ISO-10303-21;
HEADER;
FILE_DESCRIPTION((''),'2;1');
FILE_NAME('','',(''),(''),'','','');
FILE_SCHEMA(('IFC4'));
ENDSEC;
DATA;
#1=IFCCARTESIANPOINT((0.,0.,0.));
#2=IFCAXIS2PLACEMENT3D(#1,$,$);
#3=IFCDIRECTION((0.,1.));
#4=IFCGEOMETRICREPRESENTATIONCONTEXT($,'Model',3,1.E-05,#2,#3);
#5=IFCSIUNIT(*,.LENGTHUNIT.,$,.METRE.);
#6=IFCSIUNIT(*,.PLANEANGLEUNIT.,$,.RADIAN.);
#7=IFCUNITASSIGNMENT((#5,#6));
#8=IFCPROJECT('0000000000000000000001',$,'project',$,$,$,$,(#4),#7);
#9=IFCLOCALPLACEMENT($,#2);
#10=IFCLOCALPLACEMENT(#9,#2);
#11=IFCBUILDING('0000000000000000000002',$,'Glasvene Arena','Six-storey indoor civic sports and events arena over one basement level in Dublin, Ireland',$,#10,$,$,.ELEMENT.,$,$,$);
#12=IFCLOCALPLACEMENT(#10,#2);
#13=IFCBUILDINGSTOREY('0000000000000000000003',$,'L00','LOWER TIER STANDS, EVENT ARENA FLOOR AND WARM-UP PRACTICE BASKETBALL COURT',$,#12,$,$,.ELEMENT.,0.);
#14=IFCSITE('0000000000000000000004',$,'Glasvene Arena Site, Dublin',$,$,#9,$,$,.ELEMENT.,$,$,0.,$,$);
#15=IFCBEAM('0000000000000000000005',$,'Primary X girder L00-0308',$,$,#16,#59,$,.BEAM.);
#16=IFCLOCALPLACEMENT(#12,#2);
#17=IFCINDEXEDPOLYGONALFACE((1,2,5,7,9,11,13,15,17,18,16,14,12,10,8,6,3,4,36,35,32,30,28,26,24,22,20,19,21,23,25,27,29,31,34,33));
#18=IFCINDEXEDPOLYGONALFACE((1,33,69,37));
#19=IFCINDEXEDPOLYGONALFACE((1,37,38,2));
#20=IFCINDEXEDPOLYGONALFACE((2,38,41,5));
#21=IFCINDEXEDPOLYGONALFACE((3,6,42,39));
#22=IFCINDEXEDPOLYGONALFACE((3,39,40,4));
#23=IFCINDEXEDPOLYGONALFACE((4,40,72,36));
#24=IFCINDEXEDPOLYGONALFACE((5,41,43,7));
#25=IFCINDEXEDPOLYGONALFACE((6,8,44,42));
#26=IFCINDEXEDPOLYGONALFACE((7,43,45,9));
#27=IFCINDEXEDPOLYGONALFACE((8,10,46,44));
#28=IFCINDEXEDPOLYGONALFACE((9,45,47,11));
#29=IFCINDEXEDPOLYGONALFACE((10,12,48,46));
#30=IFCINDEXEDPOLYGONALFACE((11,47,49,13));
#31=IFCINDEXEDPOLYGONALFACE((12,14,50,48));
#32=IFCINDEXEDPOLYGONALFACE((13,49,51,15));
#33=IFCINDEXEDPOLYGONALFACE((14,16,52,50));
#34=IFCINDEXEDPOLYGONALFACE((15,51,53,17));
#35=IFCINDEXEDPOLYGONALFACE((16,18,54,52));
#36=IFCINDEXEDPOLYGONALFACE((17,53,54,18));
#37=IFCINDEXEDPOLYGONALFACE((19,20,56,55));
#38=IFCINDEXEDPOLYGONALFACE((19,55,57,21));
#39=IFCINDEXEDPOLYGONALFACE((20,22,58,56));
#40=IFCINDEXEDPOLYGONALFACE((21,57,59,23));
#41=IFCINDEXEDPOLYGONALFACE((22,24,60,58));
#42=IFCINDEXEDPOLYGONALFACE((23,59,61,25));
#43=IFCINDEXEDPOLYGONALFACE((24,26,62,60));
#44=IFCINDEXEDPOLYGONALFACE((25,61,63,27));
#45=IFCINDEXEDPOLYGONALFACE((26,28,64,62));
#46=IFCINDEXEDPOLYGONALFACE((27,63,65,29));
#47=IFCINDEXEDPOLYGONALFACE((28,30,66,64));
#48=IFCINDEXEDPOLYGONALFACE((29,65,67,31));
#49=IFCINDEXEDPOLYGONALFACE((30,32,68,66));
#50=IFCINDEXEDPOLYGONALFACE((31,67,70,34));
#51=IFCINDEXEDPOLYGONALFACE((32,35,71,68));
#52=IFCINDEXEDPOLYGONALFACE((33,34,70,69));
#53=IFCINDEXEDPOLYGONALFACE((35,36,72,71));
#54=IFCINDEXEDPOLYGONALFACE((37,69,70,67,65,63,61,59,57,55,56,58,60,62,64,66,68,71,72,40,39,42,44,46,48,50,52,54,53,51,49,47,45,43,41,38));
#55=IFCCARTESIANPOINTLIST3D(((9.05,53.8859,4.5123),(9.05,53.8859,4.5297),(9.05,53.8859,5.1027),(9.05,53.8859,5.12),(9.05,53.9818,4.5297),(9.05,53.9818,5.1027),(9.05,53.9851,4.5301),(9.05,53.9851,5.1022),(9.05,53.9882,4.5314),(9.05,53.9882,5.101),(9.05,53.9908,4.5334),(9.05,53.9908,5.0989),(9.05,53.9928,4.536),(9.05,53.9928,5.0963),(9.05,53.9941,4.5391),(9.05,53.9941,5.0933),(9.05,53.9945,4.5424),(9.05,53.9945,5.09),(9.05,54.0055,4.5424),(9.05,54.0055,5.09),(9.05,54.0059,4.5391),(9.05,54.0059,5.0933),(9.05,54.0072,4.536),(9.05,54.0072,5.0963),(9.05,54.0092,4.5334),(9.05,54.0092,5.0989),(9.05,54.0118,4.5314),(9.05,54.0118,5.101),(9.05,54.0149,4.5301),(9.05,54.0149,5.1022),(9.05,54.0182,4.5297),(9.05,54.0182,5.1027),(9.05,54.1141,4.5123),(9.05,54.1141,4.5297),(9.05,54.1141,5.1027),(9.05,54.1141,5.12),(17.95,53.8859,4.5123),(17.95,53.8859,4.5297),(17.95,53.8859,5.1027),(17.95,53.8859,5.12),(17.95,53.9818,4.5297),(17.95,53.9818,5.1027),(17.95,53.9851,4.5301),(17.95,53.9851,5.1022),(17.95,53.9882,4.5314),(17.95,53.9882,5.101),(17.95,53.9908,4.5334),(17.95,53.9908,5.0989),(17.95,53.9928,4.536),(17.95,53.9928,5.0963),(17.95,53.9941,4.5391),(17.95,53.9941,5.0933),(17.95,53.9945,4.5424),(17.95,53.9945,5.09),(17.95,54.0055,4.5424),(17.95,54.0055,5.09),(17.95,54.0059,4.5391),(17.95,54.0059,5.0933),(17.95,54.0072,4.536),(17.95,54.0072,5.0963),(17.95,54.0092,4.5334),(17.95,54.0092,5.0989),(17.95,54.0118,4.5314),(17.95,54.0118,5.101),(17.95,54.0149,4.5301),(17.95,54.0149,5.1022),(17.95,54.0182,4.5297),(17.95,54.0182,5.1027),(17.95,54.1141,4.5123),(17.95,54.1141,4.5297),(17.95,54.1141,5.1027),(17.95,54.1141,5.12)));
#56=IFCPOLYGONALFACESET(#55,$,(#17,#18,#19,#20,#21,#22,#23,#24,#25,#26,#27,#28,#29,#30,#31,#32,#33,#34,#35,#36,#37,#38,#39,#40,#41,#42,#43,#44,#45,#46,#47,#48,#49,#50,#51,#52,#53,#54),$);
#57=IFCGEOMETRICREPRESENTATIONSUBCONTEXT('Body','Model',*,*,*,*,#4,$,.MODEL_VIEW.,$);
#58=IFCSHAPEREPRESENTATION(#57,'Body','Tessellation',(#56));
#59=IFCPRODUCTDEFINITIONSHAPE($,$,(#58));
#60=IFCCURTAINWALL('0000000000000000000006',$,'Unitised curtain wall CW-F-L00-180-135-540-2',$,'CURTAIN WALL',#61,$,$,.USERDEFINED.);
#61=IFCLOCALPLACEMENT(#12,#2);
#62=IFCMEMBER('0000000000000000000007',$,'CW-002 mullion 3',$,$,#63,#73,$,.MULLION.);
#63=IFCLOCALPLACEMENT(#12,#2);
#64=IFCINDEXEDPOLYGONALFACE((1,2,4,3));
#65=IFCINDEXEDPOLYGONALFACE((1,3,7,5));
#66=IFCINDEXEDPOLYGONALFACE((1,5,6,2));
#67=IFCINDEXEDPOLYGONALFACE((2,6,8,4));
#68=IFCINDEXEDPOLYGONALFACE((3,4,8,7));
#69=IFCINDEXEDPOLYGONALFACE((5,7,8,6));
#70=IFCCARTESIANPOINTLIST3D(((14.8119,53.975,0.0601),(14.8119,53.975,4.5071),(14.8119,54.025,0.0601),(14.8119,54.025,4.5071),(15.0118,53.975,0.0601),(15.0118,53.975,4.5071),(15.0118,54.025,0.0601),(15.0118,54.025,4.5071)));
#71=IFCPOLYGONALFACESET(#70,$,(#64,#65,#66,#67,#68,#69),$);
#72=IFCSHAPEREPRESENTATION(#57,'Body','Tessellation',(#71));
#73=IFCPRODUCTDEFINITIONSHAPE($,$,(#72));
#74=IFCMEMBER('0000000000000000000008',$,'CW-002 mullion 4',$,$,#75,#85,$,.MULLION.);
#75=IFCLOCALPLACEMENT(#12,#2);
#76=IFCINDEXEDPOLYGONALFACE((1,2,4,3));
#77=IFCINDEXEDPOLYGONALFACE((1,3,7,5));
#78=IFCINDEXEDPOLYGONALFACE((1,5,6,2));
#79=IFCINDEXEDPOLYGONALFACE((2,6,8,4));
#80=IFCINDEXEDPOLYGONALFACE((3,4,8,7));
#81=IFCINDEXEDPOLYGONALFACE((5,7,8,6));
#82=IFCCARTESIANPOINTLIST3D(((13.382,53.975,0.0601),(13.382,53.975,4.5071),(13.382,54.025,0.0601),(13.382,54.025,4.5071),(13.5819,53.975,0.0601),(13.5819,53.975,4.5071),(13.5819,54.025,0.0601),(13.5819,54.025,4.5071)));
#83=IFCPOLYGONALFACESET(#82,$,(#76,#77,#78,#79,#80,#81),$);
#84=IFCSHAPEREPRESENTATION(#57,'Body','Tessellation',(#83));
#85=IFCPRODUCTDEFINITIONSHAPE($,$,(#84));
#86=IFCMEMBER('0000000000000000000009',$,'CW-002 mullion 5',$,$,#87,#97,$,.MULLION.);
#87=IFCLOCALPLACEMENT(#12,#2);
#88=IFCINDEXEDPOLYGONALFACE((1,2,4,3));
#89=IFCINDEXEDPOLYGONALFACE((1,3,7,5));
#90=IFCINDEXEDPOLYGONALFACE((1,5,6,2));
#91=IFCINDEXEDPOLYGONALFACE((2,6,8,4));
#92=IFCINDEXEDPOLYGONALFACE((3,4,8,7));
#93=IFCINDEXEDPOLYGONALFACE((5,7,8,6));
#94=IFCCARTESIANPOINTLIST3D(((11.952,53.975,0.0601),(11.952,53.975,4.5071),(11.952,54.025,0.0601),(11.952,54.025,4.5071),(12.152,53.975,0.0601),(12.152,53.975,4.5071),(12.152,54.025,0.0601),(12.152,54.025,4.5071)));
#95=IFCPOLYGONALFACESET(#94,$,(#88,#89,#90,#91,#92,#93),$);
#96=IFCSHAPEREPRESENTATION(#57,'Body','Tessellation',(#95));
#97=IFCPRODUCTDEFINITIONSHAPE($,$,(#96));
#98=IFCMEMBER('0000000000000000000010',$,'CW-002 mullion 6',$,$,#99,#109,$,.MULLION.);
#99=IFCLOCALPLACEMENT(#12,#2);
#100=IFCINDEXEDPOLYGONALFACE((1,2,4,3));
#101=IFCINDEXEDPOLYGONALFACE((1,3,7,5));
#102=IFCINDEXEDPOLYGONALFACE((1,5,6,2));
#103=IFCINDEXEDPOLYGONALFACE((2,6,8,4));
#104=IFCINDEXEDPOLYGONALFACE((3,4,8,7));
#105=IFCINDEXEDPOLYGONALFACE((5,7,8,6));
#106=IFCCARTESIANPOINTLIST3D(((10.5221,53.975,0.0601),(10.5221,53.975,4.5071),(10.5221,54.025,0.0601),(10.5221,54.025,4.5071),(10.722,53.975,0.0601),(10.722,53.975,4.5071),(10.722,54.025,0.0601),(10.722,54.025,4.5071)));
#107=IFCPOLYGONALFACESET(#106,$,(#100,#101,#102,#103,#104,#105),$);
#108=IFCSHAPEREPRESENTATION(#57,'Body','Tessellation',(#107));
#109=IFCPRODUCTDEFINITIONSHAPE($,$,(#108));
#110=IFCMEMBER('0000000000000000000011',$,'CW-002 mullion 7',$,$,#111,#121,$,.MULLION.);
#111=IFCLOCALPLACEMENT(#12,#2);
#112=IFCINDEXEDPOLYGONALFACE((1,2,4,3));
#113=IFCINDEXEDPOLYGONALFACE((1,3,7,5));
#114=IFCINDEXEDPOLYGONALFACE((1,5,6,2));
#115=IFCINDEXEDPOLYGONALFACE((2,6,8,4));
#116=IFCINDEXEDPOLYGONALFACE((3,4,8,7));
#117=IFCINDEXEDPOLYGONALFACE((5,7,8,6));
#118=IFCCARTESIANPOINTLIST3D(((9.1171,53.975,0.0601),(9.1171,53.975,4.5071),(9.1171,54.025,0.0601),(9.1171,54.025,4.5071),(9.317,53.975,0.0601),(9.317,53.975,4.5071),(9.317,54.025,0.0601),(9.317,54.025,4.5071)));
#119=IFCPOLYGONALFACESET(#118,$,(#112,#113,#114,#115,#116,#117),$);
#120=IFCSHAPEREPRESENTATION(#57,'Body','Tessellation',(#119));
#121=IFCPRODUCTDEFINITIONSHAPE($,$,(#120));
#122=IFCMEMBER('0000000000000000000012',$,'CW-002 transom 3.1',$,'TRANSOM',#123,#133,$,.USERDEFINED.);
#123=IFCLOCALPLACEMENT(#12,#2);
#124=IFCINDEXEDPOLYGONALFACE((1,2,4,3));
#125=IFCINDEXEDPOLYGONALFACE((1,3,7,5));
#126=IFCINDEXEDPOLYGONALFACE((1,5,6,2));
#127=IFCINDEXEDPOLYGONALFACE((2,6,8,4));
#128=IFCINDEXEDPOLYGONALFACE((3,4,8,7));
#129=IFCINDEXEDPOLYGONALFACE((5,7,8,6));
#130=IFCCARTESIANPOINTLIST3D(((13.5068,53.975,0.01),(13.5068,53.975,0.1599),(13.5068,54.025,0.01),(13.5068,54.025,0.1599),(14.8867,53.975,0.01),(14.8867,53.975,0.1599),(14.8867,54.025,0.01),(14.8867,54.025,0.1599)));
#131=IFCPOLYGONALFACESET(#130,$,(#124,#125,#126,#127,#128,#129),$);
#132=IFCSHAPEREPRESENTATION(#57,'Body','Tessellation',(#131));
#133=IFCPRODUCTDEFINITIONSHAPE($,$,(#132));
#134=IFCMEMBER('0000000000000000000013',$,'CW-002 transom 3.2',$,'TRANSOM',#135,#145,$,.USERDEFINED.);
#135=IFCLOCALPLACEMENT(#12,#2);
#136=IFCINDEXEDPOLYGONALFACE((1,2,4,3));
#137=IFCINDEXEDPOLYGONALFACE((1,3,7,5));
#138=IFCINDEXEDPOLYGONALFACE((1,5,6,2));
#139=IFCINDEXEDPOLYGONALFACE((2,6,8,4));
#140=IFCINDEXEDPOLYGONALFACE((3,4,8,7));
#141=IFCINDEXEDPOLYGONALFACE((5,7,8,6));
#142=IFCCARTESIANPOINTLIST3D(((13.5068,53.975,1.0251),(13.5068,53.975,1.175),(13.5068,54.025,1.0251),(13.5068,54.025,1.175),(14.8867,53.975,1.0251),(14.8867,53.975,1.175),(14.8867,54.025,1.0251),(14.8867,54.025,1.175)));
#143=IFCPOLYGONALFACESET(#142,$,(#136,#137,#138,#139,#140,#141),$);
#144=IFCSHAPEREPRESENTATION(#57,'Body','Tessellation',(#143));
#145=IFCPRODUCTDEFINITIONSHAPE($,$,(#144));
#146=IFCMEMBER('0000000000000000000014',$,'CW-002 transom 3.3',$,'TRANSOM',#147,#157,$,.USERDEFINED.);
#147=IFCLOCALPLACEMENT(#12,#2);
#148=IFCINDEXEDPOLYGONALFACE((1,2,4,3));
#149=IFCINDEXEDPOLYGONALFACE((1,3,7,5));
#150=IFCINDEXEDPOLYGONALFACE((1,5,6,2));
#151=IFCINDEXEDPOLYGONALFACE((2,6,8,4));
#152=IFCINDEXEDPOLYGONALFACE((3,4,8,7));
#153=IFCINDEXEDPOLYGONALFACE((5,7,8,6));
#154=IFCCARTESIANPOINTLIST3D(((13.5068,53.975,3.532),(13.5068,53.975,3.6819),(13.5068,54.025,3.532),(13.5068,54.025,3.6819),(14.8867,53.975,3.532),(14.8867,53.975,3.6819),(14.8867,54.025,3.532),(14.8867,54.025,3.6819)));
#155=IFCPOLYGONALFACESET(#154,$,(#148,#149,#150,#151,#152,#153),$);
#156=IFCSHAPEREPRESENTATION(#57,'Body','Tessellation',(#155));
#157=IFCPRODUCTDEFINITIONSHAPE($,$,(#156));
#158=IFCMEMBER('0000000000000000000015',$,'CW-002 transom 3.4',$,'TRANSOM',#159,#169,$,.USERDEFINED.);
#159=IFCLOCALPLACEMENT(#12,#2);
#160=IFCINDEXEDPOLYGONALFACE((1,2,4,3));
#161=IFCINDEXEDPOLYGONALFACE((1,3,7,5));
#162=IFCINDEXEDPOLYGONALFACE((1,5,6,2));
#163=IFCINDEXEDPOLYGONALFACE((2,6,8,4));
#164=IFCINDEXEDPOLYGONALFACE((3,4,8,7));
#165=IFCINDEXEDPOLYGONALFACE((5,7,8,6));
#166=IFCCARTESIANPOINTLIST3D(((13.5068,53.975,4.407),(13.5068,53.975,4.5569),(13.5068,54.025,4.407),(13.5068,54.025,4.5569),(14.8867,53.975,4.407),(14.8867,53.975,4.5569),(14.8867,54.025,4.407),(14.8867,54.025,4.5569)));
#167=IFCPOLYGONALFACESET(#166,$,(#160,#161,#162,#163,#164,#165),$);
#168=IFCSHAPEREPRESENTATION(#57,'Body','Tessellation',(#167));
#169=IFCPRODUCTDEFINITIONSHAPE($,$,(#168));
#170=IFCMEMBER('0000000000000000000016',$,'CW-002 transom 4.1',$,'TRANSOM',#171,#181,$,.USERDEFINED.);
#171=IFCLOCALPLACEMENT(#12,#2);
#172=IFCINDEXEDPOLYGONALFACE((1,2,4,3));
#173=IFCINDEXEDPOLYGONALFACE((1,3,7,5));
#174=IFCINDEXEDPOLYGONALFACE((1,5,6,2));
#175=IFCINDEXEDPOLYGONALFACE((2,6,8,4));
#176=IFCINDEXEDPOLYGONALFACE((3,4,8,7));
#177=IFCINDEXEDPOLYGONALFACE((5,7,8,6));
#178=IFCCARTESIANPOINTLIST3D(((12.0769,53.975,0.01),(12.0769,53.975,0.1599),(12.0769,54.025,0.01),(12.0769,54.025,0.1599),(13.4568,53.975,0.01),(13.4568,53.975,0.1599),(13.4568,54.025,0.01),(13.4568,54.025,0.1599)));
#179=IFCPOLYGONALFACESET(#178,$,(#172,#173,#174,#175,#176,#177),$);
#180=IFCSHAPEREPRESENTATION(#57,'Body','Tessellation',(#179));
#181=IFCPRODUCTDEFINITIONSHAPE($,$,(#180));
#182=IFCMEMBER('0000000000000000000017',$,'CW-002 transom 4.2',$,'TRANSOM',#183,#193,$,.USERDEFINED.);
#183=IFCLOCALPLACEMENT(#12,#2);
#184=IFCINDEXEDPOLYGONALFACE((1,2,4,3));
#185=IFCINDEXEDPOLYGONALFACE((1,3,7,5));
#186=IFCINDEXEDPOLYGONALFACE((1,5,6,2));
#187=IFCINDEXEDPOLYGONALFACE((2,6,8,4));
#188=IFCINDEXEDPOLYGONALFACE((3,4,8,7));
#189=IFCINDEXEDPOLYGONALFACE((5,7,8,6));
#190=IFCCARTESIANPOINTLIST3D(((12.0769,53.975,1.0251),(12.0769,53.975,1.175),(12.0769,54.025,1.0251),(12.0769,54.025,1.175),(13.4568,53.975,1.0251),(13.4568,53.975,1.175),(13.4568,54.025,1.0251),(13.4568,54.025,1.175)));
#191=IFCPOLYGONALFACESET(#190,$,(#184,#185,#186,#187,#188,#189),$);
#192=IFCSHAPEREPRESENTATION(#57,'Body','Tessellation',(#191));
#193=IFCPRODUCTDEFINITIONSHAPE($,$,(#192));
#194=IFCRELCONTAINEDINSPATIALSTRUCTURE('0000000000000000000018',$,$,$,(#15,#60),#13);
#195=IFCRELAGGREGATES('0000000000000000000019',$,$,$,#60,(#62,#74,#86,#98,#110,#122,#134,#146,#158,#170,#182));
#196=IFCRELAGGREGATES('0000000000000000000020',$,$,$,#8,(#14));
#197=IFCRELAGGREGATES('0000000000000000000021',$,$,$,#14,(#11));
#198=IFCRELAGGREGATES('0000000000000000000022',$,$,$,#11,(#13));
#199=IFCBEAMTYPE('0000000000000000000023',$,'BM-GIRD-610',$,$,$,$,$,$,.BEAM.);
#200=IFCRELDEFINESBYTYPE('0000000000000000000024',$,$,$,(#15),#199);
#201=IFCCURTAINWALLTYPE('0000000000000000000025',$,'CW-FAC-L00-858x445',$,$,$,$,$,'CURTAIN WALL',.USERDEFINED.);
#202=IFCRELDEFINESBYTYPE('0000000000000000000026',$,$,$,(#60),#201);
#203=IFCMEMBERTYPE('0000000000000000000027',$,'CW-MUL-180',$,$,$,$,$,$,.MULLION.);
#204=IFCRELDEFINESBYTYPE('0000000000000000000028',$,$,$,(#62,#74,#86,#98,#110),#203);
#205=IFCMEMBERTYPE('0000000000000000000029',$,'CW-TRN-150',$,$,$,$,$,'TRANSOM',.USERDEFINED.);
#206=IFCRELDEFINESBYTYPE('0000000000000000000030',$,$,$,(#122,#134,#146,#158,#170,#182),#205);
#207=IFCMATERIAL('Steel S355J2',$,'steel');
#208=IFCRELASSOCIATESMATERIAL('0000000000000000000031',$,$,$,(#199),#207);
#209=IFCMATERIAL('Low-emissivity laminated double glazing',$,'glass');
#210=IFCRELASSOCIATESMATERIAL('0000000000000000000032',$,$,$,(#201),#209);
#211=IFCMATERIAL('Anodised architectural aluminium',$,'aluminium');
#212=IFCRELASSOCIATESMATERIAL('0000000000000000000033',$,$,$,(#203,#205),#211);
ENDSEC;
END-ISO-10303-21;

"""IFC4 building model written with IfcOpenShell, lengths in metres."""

from ifc_helpers import new_model, si_unit, direction, frame, origin, origin_2d, place, context, subcontext, project, spatial, rectangle, i_section, extrude, material, material_profile, profile_set, type_object, element, aggregate, save


model = new_model("IFC4")

# Units and contexts
model_context = context("Model", 3, precision=1e-05, world=origin(), true_north=direction((0.0, 1.0)))
body_context = subcontext(model_context, "Body", "Model", "MODEL_VIEW")
ifc_project = project(units=[si_unit("LENGTHUNIT", "METRE"), si_unit("PLANEANGLEUNIT", "RADIAN")], contexts=[model_context])

# Site, building, storey
site_placement = place(None, origin())
site = spatial("IfcSite", under=ifc_project, at=site_placement, Name="Glasvene Arena Site, Dublin", CompositionType="ELEMENT", RefElevation=0.0)
building_placement = place(site_placement, origin())
building = spatial("IfcBuilding", under=site, at=building_placement, Name="Glasvene Arena", Description="Six-storey indoor civic sports and events arena over one basement level in Dublin, Ireland", CompositionType="ELEMENT")
storey_placement = place(building_placement, origin())
storey = spatial("IfcBuildingStorey", under=building, at=storey_placement, Name="L00", Description="LOWER TIER STANDS, EVENT ARENA FLOOR AND WARM-UP PRACTICE BASKETBALL COURT", CompositionType="ELEMENT", Elevation=0.0)

# Beam
ifc_material_1 = material(Name="Steel S355J2", Category="steel")
ifc_material_profile_1 = material_profile(ifc_material_1, i_section(OverallWidth=0.2283, OverallDepth=0.6077, WebThickness=0.011, FlangeThickness=0.0173, FilletRadius=0.0127, at=origin_2d()), Name="UKB 610x229x113")
ifc_profile_set_1 = profile_set([ifc_material_profile_1], Name="Steel S355J2")
beam_type = type_object("IfcBeamType", Name="BM-GIRD-610", PredefinedType="BEAM", material=ifc_profile_set_1)
beam_placement = place(storey_placement, frame((9.05, 54.0, 4.8162), z_axis=(1.0, 0.0, 0.0), x_axis=(0.0, 1.0, 0.0)))
element("IfcBeam", 1, at=beam_placement, inside=storey, type_object=beam_type, Name="Primary X girder L00-0308", PredefinedType="BEAM", context=body_context, shape_type="SweptSolid", body=[
    extrude(i_section(OverallWidth=0.2283, OverallDepth=0.6077, WebThickness=0.011, FlangeThickness=0.0173, FilletRadius=0.0127, at=origin_2d()), origin(), (0.0, 0.0, 1.0), 8.8999),
])

# Curtain wall, members
ifc_material_2 = material(Name="Low-emissivity laminated double glazing", Category="glass")
curtain_wall_type = type_object("IfcCurtainWallType", Name="CW-FAC-L00-858x445", ElementType="CURTAIN WALL", PredefinedType="USERDEFINED", material=ifc_material_2)
curtain_wall_placement = place(storey_placement, frame((17.7717, 54.0, 0.0)))
curtain_wall = element("IfcCurtainWall", 2, at=curtain_wall_placement, inside=storey, type_object=curtain_wall_type, Name="Unitised curtain wall CW-F-L00-180-135-540-2", ObjectType="CURTAIN WALL", PredefinedType="USERDEFINED")
ifc_material_3 = material(Name="Anodised architectural aluminium", Category="aluminium")
ifc_material_profile_2 = material_profile(ifc_material_3, rectangle(XDim=0.05, YDim=0.2, at=origin_2d()), Name="ALU MULLION 50x200")
ifc_profile_set_2 = profile_set([ifc_material_profile_2], Name="Anodised architectural aluminium")
member_type_1 = type_object("IfcMemberType", Name="CW-MUL-180", PredefinedType="MULLION", material=ifc_profile_set_2)
member_1_placement = place(storey_placement, frame((14.9119, 54.0, 0.0601), z_axis=(0.0, 0.0, 1.0), x_axis=(0.0, -1.0, 0.0)))
member_1 = element("IfcMember", 3, at=member_1_placement, type_object=member_type_1, Name="CW-002 mullion 3", PredefinedType="MULLION", context=body_context, shape_type="SweptSolid", body=[
    extrude(rectangle(XDim=0.05, YDim=0.2, at=origin_2d()), origin(), (0.0, 0.0, 1.0), 4.447),
])
member_2_placement = place(storey_placement, frame((13.4819, 54.0, 0.0601), z_axis=(0.0, 0.0, 1.0), x_axis=(0.0, -1.0, 0.0)))
member_2 = element("IfcMember", 4, at=member_2_placement, type_object=member_type_1, Name="CW-002 mullion 4", PredefinedType="MULLION", context=body_context, shape_type="SweptSolid", body=[
    extrude(rectangle(XDim=0.05, YDim=0.2, at=origin_2d()), origin(), (0.0, 0.0, 1.0), 4.447),
])
member_3_placement = place(storey_placement, frame((12.052, 54.0, 0.0601), z_axis=(0.0, 0.0, 1.0), x_axis=(0.0, -1.0, 0.0)))
member_3 = element("IfcMember", 5, at=member_3_placement, type_object=member_type_1, Name="CW-002 mullion 5", PredefinedType="MULLION", context=body_context, shape_type="SweptSolid", body=[
    extrude(rectangle(XDim=0.05, YDim=0.2, at=origin_2d()), origin(), (0.0, 0.0, 1.0), 4.447),
])
member_4_placement = place(storey_placement, frame((10.6221, 54.0, 0.0601), z_axis=(0.0, 0.0, 1.0), x_axis=(0.0, -1.0, 0.0)))
member_4 = element("IfcMember", 6, at=member_4_placement, type_object=member_type_1, Name="CW-002 mullion 6", PredefinedType="MULLION", context=body_context, shape_type="SweptSolid", body=[
    extrude(rectangle(XDim=0.05, YDim=0.2, at=origin_2d()), origin(), (0.0, 0.0, 1.0), 4.447),
])
member_5_placement = place(storey_placement, frame((9.217, 54.0, 0.0601), z_axis=(0.0, 0.0, 1.0), x_axis=(0.0, -1.0, 0.0)))
member_5 = element("IfcMember", 7, at=member_5_placement, type_object=member_type_1, Name="CW-002 mullion 7", PredefinedType="MULLION", context=body_context, shape_type="SweptSolid", body=[
    extrude(rectangle(XDim=0.05, YDim=0.2, at=origin_2d()), origin(), (0.0, 0.0, 1.0), 4.447),
])
ifc_material_profile_3 = material_profile(ifc_material_3, rectangle(XDim=0.05, YDim=0.1499, at=origin_2d()), Name="ALU TRANSOM 50x150")
ifc_profile_set_3 = profile_set([ifc_material_profile_3], Name="Anodised architectural aluminium")
member_type_2 = type_object("IfcMemberType", Name="CW-TRN-150", ElementType="TRANSOM", PredefinedType="USERDEFINED", material=ifc_profile_set_3)
member_6_placement = place(storey_placement, frame((14.8867, 54.0, 0.085), z_axis=(-1.0, 0.0, 0.0), x_axis=(0.0, -1.0, 0.0)))
member_6 = element("IfcMember", 8, at=member_6_placement, type_object=member_type_2, Name="CW-002 transom 3.1", ObjectType="TRANSOM", PredefinedType="USERDEFINED", context=body_context, shape_type="SweptSolid", body=[
    extrude(rectangle(XDim=0.05, YDim=0.1499, at=origin_2d()), origin(), (0.0, 0.0, 1.0), 1.3799),
])
member_7_placement = place(storey_placement, frame((14.8867, 54.0, 1.1001), z_axis=(-1.0, 0.0, 0.0), x_axis=(0.0, -1.0, 0.0)))
member_7 = element("IfcMember", 9, at=member_7_placement, type_object=member_type_2, Name="CW-002 transom 3.2", ObjectType="TRANSOM", PredefinedType="USERDEFINED", context=body_context, shape_type="SweptSolid", body=[
    extrude(rectangle(XDim=0.05, YDim=0.1499, at=origin_2d()), origin(), (0.0, 0.0, 1.0), 1.3799),
])
member_8_placement = place(storey_placement, frame((14.8867, 54.0, 3.6069), z_axis=(-1.0, 0.0, 0.0), x_axis=(0.0, -1.0, 0.0)))
member_8 = element("IfcMember", 10, at=member_8_placement, type_object=member_type_2, Name="CW-002 transom 3.3", ObjectType="TRANSOM", PredefinedType="USERDEFINED", context=body_context, shape_type="SweptSolid", body=[
    extrude(rectangle(XDim=0.05, YDim=0.1499, at=origin_2d()), origin(), (0.0, 0.0, 1.0), 1.3799),
])
member_9_placement = place(storey_placement, frame((14.8867, 54.0, 4.4819), z_axis=(-1.0, 0.0, 0.0), x_axis=(0.0, -1.0, 0.0)))
member_9 = element("IfcMember", 11, at=member_9_placement, type_object=member_type_2, Name="CW-002 transom 3.4", ObjectType="TRANSOM", PredefinedType="USERDEFINED", context=body_context, shape_type="SweptSolid", body=[
    extrude(rectangle(XDim=0.05, YDim=0.1499, at=origin_2d()), origin(), (0.0, 0.0, 1.0), 1.3799),
])
member_10_placement = place(storey_placement, frame((13.4568, 54.0, 0.085), z_axis=(-1.0, 0.0, 0.0), x_axis=(0.0, -1.0, 0.0)))
member_10 = element("IfcMember", 12, at=member_10_placement, type_object=member_type_2, Name="CW-002 transom 4.1", ObjectType="TRANSOM", PredefinedType="USERDEFINED", context=body_context, shape_type="SweptSolid", body=[
    extrude(rectangle(XDim=0.05, YDim=0.1499, at=origin_2d()), origin(), (0.0, 0.0, 1.0), 1.3799),
])
member_11_placement = place(storey_placement, frame((13.4568, 54.0, 1.1001), z_axis=(-1.0, 0.0, 0.0), x_axis=(0.0, -1.0, 0.0)))
member_11 = element("IfcMember", 13, at=member_11_placement, type_object=member_type_2, Name="CW-002 transom 4.2", ObjectType="TRANSOM", PredefinedType="USERDEFINED", context=body_context, shape_type="SweptSolid", body=[
    extrude(rectangle(XDim=0.05, YDim=0.1499, at=origin_2d()), origin(), (0.0, 0.0, 1.0), 1.3799),
])
aggregate(curtain_wall, [member_1, member_2, member_3, member_4, member_5, member_6, member_7, member_8, member_9, member_10, member_11])

save(model, "model.ifc")
